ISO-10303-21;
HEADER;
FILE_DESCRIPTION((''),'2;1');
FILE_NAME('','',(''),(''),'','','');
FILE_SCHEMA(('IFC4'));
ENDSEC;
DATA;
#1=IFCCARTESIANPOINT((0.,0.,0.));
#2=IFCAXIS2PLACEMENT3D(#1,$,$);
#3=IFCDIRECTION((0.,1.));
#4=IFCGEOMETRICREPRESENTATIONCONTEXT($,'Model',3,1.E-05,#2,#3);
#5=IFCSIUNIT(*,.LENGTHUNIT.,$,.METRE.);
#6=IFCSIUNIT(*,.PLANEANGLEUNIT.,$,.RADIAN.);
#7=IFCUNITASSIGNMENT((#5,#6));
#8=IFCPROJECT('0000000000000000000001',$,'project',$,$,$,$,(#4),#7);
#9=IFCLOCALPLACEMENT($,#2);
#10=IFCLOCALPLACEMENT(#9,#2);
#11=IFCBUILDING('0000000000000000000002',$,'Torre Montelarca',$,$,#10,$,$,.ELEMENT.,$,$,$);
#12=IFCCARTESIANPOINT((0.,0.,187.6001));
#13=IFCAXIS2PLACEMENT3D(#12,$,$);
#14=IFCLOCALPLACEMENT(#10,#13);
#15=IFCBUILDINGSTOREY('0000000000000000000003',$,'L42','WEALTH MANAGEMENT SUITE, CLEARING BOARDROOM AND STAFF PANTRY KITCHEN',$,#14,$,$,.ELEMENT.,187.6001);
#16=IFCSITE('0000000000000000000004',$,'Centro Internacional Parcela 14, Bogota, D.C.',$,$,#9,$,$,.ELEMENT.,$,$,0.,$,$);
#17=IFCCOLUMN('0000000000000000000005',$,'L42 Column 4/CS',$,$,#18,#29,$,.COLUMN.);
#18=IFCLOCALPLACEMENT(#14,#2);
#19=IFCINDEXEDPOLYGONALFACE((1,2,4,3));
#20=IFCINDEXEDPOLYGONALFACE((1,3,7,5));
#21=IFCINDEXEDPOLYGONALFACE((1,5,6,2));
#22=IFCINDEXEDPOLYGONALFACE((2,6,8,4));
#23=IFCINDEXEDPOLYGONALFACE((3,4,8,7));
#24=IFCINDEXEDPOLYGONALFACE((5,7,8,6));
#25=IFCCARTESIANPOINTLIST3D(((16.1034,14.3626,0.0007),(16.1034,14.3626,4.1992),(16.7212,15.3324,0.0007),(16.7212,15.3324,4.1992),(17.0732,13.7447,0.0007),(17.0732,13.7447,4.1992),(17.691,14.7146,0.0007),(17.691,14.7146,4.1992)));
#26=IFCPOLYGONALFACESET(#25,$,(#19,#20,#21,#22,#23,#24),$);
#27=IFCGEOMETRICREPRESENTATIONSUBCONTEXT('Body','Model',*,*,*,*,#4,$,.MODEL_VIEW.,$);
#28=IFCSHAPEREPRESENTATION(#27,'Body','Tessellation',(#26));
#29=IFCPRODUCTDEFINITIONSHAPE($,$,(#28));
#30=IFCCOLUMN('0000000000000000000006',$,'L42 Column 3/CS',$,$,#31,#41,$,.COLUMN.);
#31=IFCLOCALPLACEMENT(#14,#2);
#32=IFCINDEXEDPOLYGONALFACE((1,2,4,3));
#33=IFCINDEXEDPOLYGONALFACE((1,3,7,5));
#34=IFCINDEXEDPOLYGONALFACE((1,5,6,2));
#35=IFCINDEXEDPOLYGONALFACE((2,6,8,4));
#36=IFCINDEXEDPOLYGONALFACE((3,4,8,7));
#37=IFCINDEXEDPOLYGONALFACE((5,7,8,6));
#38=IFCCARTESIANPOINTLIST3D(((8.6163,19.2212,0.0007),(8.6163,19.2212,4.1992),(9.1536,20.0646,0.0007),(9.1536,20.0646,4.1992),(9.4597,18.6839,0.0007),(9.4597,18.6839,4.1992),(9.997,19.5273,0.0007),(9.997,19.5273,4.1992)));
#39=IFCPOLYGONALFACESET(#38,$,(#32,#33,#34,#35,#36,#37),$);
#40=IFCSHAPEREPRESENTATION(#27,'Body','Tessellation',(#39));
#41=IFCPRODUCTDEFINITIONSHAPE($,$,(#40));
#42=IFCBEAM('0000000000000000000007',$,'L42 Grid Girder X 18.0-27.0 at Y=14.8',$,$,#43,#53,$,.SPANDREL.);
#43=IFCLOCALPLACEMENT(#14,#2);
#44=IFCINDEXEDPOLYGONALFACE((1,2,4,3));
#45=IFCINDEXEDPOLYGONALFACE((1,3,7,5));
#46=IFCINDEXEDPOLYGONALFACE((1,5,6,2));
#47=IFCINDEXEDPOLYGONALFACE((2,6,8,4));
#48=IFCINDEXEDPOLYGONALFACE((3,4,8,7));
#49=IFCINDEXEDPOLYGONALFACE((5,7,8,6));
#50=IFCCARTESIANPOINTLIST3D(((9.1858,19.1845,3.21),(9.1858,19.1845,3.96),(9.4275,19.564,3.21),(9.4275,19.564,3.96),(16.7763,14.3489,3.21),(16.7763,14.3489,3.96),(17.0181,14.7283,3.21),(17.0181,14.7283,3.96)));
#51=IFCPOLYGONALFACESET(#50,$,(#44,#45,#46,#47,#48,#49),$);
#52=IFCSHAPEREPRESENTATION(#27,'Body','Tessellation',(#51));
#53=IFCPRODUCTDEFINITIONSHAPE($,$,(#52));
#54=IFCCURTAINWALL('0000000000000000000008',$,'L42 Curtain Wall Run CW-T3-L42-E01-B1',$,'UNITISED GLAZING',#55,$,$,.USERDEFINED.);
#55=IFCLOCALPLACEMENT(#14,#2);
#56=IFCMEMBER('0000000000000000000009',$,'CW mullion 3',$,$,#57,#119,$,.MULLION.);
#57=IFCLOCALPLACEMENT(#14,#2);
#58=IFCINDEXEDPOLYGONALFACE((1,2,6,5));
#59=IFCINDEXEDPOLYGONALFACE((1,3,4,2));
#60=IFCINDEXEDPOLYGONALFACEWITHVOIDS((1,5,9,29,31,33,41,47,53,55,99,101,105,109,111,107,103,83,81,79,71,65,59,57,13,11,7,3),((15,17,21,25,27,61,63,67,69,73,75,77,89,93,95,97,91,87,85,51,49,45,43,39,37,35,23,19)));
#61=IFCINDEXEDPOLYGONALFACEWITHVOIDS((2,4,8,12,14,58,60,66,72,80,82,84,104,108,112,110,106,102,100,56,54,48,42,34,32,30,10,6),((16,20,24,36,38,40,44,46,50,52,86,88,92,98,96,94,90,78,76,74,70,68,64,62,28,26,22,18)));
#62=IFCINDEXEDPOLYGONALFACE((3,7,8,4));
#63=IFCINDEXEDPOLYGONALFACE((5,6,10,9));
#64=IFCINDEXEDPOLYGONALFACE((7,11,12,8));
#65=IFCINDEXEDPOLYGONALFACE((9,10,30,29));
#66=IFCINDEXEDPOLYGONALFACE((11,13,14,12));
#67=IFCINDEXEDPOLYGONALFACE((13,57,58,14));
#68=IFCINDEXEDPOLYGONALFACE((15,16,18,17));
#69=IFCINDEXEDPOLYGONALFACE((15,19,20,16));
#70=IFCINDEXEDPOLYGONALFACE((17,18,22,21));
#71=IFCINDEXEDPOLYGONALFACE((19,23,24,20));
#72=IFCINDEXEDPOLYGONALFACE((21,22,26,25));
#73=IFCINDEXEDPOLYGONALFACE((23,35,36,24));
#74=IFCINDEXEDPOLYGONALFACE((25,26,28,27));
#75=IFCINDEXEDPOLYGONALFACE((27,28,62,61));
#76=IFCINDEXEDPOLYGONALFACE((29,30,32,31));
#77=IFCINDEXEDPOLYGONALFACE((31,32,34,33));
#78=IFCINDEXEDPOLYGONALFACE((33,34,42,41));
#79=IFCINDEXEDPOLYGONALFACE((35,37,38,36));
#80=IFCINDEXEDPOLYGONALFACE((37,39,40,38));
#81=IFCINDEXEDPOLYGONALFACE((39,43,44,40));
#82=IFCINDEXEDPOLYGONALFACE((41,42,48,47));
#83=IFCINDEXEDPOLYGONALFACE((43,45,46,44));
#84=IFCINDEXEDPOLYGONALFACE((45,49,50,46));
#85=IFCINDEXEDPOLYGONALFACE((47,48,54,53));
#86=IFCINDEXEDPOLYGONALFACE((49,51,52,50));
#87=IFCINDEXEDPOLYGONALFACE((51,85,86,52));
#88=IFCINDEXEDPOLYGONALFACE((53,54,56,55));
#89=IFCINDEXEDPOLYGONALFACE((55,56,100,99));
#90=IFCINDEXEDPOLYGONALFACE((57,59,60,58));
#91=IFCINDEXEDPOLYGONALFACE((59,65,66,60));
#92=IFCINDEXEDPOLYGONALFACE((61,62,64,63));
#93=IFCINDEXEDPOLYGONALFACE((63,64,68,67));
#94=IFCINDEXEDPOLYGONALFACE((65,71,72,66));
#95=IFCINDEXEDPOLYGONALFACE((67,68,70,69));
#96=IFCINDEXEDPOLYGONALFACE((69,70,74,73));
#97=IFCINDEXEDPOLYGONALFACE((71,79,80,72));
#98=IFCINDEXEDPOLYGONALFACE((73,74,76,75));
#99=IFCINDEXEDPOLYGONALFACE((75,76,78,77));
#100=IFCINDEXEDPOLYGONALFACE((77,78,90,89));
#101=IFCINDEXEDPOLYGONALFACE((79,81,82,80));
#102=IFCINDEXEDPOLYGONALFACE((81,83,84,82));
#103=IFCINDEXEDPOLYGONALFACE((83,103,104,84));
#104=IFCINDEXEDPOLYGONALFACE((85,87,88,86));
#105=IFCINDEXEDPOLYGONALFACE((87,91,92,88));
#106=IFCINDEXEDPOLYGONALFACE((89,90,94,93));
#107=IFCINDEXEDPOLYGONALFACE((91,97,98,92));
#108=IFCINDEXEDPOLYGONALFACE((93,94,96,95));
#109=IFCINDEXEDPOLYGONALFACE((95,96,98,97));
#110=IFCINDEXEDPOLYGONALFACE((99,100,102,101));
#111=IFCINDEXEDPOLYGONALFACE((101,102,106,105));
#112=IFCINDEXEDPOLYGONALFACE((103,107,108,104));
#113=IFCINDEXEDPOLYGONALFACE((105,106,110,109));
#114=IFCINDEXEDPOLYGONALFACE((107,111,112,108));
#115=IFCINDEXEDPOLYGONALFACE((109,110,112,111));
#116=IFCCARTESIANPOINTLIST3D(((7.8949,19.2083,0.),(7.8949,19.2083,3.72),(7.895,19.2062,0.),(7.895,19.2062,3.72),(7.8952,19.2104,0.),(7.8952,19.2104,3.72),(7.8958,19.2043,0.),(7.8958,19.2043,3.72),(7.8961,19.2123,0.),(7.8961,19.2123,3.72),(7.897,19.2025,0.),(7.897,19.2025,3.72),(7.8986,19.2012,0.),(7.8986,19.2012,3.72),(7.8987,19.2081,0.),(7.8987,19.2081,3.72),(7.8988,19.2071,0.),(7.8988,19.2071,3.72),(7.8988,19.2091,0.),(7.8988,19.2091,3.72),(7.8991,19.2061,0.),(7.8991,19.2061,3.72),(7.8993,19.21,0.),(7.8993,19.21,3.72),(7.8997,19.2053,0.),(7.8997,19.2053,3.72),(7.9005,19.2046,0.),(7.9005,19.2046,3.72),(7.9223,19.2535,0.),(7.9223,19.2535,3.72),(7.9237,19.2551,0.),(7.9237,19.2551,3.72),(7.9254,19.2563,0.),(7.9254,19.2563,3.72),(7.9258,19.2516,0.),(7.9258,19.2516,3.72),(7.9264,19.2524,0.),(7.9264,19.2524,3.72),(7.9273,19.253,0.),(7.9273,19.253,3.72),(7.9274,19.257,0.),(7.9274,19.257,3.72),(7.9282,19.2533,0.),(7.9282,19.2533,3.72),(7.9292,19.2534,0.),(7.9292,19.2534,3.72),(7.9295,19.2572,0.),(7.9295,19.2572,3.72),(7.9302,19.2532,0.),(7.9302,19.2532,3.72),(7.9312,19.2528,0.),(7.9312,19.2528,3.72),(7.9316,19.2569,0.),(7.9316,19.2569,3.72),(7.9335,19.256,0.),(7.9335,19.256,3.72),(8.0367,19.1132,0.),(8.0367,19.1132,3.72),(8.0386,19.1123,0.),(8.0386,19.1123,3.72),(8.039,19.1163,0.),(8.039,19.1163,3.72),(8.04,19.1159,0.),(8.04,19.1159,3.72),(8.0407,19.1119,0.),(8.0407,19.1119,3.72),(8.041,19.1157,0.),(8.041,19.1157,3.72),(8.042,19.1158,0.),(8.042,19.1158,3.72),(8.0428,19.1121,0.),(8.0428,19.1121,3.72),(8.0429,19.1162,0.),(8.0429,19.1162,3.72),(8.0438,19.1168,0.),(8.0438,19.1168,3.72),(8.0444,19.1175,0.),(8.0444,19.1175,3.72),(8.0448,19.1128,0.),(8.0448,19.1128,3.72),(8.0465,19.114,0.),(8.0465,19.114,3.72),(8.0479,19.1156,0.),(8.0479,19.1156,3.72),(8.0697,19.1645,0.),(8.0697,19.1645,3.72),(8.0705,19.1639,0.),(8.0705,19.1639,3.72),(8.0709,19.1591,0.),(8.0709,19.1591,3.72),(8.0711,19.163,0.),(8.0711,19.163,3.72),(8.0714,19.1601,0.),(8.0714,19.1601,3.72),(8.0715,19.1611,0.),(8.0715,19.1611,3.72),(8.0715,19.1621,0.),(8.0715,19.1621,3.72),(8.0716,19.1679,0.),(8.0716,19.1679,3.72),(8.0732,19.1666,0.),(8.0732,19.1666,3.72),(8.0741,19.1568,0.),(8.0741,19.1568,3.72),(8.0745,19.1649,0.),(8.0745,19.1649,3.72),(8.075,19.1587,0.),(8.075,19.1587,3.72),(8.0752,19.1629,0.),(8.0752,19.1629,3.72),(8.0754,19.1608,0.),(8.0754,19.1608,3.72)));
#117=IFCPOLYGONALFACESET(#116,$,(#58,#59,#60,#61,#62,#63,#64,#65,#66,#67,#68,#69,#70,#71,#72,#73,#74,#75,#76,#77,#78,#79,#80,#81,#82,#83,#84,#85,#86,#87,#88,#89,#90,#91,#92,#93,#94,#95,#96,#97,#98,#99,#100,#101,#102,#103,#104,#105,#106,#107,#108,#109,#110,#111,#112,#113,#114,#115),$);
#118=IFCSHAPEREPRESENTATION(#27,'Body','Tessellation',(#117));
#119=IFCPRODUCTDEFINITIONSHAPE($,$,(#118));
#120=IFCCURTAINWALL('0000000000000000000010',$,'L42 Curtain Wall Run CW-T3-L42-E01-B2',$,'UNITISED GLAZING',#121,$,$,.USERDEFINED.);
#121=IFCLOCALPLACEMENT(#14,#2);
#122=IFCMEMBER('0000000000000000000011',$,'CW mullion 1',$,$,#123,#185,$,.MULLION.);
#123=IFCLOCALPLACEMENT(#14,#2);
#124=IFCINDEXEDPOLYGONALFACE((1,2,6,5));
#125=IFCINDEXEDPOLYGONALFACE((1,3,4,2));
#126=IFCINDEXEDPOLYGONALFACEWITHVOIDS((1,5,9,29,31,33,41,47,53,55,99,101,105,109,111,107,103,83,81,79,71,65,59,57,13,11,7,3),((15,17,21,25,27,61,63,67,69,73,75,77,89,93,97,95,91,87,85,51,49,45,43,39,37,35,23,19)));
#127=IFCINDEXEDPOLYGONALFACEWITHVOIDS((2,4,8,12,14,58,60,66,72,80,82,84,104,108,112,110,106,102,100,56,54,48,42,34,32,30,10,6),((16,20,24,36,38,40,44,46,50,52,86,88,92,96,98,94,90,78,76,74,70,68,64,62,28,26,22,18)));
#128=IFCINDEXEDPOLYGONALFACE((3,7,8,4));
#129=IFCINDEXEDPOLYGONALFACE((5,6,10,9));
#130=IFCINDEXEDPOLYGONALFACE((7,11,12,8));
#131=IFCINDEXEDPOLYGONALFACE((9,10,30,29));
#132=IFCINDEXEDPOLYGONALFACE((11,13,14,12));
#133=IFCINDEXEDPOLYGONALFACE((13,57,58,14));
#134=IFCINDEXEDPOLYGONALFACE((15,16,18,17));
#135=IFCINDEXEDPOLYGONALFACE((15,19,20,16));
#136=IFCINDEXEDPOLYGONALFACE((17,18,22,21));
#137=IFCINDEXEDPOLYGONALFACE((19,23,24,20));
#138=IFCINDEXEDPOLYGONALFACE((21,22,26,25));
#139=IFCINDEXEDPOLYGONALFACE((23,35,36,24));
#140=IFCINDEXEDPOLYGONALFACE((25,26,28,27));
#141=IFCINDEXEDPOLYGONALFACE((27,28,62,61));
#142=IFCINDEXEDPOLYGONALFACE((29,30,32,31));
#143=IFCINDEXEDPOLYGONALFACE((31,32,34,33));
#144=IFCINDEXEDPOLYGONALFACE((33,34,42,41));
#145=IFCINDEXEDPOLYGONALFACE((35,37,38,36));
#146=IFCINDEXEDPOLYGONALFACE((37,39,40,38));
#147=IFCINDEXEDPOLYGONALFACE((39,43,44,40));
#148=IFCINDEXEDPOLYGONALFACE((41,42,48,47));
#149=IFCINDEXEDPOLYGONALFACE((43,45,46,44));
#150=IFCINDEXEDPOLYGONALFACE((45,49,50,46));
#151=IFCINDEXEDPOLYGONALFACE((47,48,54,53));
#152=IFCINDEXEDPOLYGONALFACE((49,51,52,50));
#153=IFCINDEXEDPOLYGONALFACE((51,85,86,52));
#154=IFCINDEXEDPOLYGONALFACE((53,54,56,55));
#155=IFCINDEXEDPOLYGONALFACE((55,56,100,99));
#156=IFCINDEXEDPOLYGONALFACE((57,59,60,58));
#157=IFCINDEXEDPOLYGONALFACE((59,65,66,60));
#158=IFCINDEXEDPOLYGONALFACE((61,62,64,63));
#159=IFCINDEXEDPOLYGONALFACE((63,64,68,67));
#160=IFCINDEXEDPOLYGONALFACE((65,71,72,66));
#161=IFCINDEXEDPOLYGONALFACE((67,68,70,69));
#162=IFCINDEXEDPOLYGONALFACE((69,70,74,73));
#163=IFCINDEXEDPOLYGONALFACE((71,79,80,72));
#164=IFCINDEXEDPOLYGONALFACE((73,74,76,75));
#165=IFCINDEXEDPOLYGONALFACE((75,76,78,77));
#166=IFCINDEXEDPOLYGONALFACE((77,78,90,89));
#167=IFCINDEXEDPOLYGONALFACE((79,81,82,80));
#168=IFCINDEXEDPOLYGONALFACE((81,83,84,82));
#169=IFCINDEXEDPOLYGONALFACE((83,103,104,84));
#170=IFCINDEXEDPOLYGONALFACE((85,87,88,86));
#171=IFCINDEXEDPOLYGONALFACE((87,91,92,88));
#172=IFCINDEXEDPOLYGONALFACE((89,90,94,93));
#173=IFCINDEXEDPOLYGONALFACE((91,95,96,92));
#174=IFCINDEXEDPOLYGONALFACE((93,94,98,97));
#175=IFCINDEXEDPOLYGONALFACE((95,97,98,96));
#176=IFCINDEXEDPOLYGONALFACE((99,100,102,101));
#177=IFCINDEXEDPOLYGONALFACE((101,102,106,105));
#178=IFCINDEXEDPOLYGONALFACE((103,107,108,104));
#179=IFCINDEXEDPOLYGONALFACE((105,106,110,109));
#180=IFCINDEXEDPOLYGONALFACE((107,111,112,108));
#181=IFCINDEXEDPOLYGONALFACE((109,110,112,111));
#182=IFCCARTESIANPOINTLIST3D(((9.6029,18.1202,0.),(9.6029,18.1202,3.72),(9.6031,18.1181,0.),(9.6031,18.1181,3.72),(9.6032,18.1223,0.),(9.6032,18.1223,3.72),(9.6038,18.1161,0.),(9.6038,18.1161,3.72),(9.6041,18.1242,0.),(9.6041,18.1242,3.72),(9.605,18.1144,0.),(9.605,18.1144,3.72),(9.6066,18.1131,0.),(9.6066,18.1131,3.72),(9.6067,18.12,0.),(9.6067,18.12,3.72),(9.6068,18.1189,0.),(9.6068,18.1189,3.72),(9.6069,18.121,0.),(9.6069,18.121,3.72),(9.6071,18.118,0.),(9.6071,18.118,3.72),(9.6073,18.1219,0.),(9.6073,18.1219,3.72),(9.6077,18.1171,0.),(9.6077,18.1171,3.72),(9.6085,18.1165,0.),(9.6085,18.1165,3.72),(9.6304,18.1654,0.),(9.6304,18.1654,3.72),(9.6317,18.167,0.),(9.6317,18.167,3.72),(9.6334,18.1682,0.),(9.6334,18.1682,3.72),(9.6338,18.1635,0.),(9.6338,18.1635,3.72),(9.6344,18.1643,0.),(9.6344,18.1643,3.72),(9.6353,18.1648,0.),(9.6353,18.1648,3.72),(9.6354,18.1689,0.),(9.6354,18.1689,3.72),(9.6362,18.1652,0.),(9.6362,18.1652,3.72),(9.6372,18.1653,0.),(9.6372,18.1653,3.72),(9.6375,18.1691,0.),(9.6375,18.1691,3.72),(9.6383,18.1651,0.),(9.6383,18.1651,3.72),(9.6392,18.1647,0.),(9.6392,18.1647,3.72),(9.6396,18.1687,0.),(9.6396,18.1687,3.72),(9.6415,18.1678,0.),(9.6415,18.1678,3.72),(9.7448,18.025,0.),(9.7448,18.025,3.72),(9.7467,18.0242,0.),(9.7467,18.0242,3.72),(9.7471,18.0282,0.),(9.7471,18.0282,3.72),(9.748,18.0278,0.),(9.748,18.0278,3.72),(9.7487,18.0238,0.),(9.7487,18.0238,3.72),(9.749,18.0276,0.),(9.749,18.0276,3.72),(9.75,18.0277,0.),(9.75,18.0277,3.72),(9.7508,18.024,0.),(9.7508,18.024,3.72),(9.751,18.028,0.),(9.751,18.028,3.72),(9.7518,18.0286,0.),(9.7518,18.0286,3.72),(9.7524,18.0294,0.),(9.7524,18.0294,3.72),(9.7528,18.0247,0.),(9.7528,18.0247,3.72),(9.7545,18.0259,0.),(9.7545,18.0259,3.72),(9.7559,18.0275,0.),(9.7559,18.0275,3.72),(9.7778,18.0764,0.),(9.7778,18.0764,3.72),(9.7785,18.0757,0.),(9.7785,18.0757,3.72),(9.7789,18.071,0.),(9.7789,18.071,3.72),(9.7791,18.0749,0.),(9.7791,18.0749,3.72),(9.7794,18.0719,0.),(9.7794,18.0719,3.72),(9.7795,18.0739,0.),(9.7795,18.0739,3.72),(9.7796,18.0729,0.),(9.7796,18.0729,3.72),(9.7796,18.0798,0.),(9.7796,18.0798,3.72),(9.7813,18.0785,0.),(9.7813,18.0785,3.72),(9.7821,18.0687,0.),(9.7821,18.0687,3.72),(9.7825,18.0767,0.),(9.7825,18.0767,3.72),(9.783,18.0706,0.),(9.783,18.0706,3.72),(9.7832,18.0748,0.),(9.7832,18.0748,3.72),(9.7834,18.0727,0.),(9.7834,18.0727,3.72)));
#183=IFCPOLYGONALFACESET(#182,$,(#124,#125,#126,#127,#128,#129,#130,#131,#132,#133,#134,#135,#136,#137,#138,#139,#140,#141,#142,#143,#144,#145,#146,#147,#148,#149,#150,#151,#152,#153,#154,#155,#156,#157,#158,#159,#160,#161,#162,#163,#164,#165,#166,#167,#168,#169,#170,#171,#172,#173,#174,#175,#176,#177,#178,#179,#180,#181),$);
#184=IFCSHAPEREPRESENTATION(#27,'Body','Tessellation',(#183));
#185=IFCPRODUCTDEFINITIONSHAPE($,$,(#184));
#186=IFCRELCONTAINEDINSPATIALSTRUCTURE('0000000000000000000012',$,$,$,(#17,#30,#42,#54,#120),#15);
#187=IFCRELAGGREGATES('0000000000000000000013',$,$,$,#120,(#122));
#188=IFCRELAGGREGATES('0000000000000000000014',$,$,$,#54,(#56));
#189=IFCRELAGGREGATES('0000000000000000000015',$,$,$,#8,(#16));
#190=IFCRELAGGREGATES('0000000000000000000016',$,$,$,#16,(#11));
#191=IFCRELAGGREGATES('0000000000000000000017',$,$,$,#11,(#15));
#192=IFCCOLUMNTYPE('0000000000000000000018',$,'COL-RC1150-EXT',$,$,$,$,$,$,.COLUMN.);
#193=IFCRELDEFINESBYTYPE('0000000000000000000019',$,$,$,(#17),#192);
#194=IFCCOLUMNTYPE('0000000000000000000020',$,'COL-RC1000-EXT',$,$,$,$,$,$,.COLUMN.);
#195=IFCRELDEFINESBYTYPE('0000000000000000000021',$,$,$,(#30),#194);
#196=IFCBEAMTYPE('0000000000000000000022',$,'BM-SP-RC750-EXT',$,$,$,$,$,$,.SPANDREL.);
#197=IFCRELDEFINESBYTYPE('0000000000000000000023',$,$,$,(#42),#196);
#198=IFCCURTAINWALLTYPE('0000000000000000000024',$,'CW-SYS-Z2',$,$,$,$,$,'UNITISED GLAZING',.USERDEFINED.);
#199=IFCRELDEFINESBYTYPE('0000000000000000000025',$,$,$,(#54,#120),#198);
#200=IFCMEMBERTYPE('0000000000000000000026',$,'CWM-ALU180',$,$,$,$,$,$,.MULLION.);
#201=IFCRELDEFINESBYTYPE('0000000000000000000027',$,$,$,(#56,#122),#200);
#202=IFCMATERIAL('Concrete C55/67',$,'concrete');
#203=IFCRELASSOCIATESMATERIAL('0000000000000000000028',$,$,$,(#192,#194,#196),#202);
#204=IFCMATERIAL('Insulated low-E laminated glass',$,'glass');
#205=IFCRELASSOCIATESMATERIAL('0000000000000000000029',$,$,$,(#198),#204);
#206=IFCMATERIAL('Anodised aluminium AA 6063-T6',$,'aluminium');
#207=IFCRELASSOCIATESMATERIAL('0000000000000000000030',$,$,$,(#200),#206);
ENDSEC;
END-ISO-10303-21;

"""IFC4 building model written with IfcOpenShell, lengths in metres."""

from ifc_helpers import new_model, si_unit, direction, frame, origin, origin_2d, place, context, subcontext, project, spatial, rectangle, hollow_rectangle, extrude, source, transform, mapped, material, material_profile, profile_set, type_object, element, aggregate, save


model = new_model("IFC4")

# Units and contexts
model_context = context("Model", 3, precision=1e-05, world=origin(), true_north=direction((0.0, 1.0)))
body_context = subcontext(model_context, "Body", "Model", "MODEL_VIEW")
ifc_project = project(units=[si_unit("LENGTHUNIT", "METRE"), si_unit("PLANEANGLEUNIT", "RADIAN")], contexts=[model_context])

# Site, building, storey
site_placement = place(None, origin())
site = spatial("IfcSite", under=ifc_project, at=site_placement, Name="Centro Internacional Parcela 14, Bogota, D.C.", CompositionType="ELEMENT", RefElevation=0.0)
building_placement = place(site_placement, origin())
building = spatial("IfcBuilding", under=site, at=building_placement, Name="Torre Montelarca", CompositionType="ELEMENT")
storey_placement = place(building_placement, frame((0.0, 0.0, 187.6001)))
storey = spatial("IfcBuildingStorey", under=building, at=storey_placement, Name="L42", Description="WEALTH MANAGEMENT SUITE, CLEARING BOARDROOM AND STAFF PANTRY KITCHEN", CompositionType="ELEMENT", Elevation=187.6001)

# Columns
ifc_material_1 = material(Name="Concrete C55/67", Category="concrete")
ifc_material_profile_1 = material_profile(ifc_material_1, rectangle(XDim=1.1499, YDim=1.1499, at=origin_2d()), Name="RC1150X1150", Category="concrete")
ifc_profile_set_1 = profile_set([ifc_material_profile_1], Name="Concrete C55/67")
column_type_1 = type_object("IfcColumnType", Name="COL-RC1150-EXT", PredefinedType="COLUMN", material=ifc_profile_set_1)
shared_shape_1 = source(origin(), body_context, "Body", "SweptSolid", [
    extrude(rectangle(XDim=1.1499, YDim=1.1499, at=origin_2d()), origin(), (0.0, 0.0, 1.0), 4.1985),
])
column_1_placement = place(storey_placement, frame((16.8972, 14.5386, 0.0007), z_axis=(0.0, 0.0, 1.0), x_axis=(-0.843391, 0.5373, 0.0)))
element("IfcColumn", 1, at=column_1_placement, inside=storey, type_object=column_type_1, Name="L42 Column 4/CS", PredefinedType="COLUMN", context=body_context, shape_type="MappedRepresentation", body=[
    mapped(shared_shape_1, transform((0.0, 0.0, 0.0), scale=1.0)),
])
ifc_material_profile_2 = material_profile(ifc_material_1, rectangle(XDim=1.0, YDim=1.0, at=origin_2d()), Name="RC1000X1000", Category="concrete")
ifc_profile_set_2 = profile_set([ifc_material_profile_2], Name="Concrete C55/67")
column_type_2 = type_object("IfcColumnType", Name="COL-RC1000-EXT", PredefinedType="COLUMN", material=ifc_profile_set_2)
shared_shape_2 = source(origin(), body_context, "Body", "SweptSolid", [
    extrude(rectangle(XDim=1.0, YDim=1.0, at=origin_2d()), origin(), (0.0, 0.0, 1.0), 4.1985),
])
column_2_placement = place(storey_placement, frame((9.3066, 19.3743, 0.0007), z_axis=(0.0, 0.0, 1.0), x_axis=(-0.843391, 0.5373, 0.0)))
element("IfcColumn", 2, at=column_2_placement, inside=storey, type_object=column_type_2, Name="L42 Column 3/CS", PredefinedType="COLUMN", context=body_context, shape_type="MappedRepresentation", body=[
    mapped(shared_shape_2, transform((0.0, 0.0, 0.0), scale=1.0)),
])

# Beam
ifc_material_profile_3 = material_profile(ifc_material_1, rectangle(XDim=0.45, YDim=0.75, at=origin_2d()), Name="RCB450X750", Category="concrete")
ifc_profile_set_3 = profile_set([ifc_material_profile_3], Name="Concrete C55/67")
beam_type = type_object("IfcBeamType", Name="BM-SP-RC750-EXT", PredefinedType="SPANDREL", material=ifc_profile_set_3)
shared_shape_3 = source(origin(), body_context, "Body", "SweptSolid", [
    extrude(rectangle(XDim=0.45, YDim=0.75, at=origin_2d()), origin(), (0.0, 0.0, 1.0), 9.0),
])
beam_placement = place(storey_placement, frame((9.3066, 19.3743, 3.585), z_axis=(0.843393, -0.537297, 0.0), x_axis=(0.537297, 0.843393, 0.0)))
element("IfcBeam", 3, at=beam_placement, inside=storey, type_object=beam_type, Name="L42 Grid Girder X 18.0-27.0 at Y=14.8", PredefinedType="SPANDREL", context=body_context, shape_type="MappedRepresentation", body=[
    mapped(shared_shape_3, transform((0.0, 0.0, 0.0), scale=1.0)),
])

# Curtain wall, member
ifc_material_2 = material(Name="Insulated low-E laminated glass", Category="glass")
curtain_wall_type = type_object("IfcCurtainWallType", Name="CW-SYS-Z2", ElementType="UNITISED GLAZING", PredefinedType="USERDEFINED", material=ifc_material_2)
curtain_wall_1_placement = place(storey_placement, origin())
curtain_wall_1 = element("IfcCurtainWall", 4, at=curtain_wall_1_placement, inside=storey, type_object=curtain_wall_type, Name="L42 Curtain Wall Run CW-T3-L42-E01-B1", ObjectType="UNITISED GLAZING", PredefinedType="USERDEFINED")
ifc_material_3 = material(Name="Anodised aluminium AA 6063-T6", Category="aluminium")
ifc_material_profile_4 = material_profile(ifc_material_3, hollow_rectangle(XDim=0.0649, YDim=0.1799, WallThickness=0.0039, InnerFilletRadius=0.0039, OuterFilletRadius=0.0081, at=origin_2d()), Name="ALU65X180X4", Category="aluminium")
ifc_profile_set_4 = profile_set([ifc_material_profile_4], Name="Anodised aluminium AA 6063-T6")
member_type_1 = type_object("IfcMemberType", Name="CWM-ALU180", PredefinedType="MULLION", material=ifc_profile_set_4)
shared_shape_4 = source(origin(), body_context, "Body", "SweptSolid", [
    extrude(hollow_rectangle(XDim=0.0649, YDim=0.1799, WallThickness=0.0039, InnerFilletRadius=0.0039, OuterFilletRadius=0.0081, at=origin_2d()), origin(), (0.0, 0.0, 1.0), 3.72),
])
member_1_placement = place(storey_placement, frame((7.9851, 19.1846, 0.0), z_axis=(0.0, 0.0, 1.0), x_axis=(0.537306, 0.843388, 0.0)))
member_1 = element("IfcMember", 5, at=member_1_placement, type_object=member_type_1, Name="CW mullion 3", PredefinedType="MULLION", context=body_context, shape_type="MappedRepresentation", body=[
    mapped(shared_shape_4, transform((0.0, 0.0, 0.0), scale=1.0)),
])

# Curtain wall, member
curtain_wall_2_placement = place(storey_placement, origin())
curtain_wall_2 = element("IfcCurtainWall", 6, at=curtain_wall_2_placement, inside=storey, type_object=curtain_wall_type, Name="L42 Curtain Wall Run CW-T3-L42-E01-B2", ObjectType="UNITISED GLAZING", PredefinedType="USERDEFINED")
member_2_placement = place(storey_placement, frame((9.6931, 18.0964, 0.0), z_axis=(0.0, 0.0, 1.0), x_axis=(0.537302, 0.84339, 0.0)))
member_2 = element("IfcMember", 7, at=member_2_placement, type_object=member_type_1, Name="CW mullion 1", PredefinedType="MULLION", context=body_context, shape_type="MappedRepresentation", body=[
    mapped(shared_shape_4, transform((0.0, 0.0, 0.0), scale=1.0)),
])

aggregate(curtain_wall_2, [member_2])
aggregate(curtain_wall_1, [member_1])

save(model, "model.ifc")
